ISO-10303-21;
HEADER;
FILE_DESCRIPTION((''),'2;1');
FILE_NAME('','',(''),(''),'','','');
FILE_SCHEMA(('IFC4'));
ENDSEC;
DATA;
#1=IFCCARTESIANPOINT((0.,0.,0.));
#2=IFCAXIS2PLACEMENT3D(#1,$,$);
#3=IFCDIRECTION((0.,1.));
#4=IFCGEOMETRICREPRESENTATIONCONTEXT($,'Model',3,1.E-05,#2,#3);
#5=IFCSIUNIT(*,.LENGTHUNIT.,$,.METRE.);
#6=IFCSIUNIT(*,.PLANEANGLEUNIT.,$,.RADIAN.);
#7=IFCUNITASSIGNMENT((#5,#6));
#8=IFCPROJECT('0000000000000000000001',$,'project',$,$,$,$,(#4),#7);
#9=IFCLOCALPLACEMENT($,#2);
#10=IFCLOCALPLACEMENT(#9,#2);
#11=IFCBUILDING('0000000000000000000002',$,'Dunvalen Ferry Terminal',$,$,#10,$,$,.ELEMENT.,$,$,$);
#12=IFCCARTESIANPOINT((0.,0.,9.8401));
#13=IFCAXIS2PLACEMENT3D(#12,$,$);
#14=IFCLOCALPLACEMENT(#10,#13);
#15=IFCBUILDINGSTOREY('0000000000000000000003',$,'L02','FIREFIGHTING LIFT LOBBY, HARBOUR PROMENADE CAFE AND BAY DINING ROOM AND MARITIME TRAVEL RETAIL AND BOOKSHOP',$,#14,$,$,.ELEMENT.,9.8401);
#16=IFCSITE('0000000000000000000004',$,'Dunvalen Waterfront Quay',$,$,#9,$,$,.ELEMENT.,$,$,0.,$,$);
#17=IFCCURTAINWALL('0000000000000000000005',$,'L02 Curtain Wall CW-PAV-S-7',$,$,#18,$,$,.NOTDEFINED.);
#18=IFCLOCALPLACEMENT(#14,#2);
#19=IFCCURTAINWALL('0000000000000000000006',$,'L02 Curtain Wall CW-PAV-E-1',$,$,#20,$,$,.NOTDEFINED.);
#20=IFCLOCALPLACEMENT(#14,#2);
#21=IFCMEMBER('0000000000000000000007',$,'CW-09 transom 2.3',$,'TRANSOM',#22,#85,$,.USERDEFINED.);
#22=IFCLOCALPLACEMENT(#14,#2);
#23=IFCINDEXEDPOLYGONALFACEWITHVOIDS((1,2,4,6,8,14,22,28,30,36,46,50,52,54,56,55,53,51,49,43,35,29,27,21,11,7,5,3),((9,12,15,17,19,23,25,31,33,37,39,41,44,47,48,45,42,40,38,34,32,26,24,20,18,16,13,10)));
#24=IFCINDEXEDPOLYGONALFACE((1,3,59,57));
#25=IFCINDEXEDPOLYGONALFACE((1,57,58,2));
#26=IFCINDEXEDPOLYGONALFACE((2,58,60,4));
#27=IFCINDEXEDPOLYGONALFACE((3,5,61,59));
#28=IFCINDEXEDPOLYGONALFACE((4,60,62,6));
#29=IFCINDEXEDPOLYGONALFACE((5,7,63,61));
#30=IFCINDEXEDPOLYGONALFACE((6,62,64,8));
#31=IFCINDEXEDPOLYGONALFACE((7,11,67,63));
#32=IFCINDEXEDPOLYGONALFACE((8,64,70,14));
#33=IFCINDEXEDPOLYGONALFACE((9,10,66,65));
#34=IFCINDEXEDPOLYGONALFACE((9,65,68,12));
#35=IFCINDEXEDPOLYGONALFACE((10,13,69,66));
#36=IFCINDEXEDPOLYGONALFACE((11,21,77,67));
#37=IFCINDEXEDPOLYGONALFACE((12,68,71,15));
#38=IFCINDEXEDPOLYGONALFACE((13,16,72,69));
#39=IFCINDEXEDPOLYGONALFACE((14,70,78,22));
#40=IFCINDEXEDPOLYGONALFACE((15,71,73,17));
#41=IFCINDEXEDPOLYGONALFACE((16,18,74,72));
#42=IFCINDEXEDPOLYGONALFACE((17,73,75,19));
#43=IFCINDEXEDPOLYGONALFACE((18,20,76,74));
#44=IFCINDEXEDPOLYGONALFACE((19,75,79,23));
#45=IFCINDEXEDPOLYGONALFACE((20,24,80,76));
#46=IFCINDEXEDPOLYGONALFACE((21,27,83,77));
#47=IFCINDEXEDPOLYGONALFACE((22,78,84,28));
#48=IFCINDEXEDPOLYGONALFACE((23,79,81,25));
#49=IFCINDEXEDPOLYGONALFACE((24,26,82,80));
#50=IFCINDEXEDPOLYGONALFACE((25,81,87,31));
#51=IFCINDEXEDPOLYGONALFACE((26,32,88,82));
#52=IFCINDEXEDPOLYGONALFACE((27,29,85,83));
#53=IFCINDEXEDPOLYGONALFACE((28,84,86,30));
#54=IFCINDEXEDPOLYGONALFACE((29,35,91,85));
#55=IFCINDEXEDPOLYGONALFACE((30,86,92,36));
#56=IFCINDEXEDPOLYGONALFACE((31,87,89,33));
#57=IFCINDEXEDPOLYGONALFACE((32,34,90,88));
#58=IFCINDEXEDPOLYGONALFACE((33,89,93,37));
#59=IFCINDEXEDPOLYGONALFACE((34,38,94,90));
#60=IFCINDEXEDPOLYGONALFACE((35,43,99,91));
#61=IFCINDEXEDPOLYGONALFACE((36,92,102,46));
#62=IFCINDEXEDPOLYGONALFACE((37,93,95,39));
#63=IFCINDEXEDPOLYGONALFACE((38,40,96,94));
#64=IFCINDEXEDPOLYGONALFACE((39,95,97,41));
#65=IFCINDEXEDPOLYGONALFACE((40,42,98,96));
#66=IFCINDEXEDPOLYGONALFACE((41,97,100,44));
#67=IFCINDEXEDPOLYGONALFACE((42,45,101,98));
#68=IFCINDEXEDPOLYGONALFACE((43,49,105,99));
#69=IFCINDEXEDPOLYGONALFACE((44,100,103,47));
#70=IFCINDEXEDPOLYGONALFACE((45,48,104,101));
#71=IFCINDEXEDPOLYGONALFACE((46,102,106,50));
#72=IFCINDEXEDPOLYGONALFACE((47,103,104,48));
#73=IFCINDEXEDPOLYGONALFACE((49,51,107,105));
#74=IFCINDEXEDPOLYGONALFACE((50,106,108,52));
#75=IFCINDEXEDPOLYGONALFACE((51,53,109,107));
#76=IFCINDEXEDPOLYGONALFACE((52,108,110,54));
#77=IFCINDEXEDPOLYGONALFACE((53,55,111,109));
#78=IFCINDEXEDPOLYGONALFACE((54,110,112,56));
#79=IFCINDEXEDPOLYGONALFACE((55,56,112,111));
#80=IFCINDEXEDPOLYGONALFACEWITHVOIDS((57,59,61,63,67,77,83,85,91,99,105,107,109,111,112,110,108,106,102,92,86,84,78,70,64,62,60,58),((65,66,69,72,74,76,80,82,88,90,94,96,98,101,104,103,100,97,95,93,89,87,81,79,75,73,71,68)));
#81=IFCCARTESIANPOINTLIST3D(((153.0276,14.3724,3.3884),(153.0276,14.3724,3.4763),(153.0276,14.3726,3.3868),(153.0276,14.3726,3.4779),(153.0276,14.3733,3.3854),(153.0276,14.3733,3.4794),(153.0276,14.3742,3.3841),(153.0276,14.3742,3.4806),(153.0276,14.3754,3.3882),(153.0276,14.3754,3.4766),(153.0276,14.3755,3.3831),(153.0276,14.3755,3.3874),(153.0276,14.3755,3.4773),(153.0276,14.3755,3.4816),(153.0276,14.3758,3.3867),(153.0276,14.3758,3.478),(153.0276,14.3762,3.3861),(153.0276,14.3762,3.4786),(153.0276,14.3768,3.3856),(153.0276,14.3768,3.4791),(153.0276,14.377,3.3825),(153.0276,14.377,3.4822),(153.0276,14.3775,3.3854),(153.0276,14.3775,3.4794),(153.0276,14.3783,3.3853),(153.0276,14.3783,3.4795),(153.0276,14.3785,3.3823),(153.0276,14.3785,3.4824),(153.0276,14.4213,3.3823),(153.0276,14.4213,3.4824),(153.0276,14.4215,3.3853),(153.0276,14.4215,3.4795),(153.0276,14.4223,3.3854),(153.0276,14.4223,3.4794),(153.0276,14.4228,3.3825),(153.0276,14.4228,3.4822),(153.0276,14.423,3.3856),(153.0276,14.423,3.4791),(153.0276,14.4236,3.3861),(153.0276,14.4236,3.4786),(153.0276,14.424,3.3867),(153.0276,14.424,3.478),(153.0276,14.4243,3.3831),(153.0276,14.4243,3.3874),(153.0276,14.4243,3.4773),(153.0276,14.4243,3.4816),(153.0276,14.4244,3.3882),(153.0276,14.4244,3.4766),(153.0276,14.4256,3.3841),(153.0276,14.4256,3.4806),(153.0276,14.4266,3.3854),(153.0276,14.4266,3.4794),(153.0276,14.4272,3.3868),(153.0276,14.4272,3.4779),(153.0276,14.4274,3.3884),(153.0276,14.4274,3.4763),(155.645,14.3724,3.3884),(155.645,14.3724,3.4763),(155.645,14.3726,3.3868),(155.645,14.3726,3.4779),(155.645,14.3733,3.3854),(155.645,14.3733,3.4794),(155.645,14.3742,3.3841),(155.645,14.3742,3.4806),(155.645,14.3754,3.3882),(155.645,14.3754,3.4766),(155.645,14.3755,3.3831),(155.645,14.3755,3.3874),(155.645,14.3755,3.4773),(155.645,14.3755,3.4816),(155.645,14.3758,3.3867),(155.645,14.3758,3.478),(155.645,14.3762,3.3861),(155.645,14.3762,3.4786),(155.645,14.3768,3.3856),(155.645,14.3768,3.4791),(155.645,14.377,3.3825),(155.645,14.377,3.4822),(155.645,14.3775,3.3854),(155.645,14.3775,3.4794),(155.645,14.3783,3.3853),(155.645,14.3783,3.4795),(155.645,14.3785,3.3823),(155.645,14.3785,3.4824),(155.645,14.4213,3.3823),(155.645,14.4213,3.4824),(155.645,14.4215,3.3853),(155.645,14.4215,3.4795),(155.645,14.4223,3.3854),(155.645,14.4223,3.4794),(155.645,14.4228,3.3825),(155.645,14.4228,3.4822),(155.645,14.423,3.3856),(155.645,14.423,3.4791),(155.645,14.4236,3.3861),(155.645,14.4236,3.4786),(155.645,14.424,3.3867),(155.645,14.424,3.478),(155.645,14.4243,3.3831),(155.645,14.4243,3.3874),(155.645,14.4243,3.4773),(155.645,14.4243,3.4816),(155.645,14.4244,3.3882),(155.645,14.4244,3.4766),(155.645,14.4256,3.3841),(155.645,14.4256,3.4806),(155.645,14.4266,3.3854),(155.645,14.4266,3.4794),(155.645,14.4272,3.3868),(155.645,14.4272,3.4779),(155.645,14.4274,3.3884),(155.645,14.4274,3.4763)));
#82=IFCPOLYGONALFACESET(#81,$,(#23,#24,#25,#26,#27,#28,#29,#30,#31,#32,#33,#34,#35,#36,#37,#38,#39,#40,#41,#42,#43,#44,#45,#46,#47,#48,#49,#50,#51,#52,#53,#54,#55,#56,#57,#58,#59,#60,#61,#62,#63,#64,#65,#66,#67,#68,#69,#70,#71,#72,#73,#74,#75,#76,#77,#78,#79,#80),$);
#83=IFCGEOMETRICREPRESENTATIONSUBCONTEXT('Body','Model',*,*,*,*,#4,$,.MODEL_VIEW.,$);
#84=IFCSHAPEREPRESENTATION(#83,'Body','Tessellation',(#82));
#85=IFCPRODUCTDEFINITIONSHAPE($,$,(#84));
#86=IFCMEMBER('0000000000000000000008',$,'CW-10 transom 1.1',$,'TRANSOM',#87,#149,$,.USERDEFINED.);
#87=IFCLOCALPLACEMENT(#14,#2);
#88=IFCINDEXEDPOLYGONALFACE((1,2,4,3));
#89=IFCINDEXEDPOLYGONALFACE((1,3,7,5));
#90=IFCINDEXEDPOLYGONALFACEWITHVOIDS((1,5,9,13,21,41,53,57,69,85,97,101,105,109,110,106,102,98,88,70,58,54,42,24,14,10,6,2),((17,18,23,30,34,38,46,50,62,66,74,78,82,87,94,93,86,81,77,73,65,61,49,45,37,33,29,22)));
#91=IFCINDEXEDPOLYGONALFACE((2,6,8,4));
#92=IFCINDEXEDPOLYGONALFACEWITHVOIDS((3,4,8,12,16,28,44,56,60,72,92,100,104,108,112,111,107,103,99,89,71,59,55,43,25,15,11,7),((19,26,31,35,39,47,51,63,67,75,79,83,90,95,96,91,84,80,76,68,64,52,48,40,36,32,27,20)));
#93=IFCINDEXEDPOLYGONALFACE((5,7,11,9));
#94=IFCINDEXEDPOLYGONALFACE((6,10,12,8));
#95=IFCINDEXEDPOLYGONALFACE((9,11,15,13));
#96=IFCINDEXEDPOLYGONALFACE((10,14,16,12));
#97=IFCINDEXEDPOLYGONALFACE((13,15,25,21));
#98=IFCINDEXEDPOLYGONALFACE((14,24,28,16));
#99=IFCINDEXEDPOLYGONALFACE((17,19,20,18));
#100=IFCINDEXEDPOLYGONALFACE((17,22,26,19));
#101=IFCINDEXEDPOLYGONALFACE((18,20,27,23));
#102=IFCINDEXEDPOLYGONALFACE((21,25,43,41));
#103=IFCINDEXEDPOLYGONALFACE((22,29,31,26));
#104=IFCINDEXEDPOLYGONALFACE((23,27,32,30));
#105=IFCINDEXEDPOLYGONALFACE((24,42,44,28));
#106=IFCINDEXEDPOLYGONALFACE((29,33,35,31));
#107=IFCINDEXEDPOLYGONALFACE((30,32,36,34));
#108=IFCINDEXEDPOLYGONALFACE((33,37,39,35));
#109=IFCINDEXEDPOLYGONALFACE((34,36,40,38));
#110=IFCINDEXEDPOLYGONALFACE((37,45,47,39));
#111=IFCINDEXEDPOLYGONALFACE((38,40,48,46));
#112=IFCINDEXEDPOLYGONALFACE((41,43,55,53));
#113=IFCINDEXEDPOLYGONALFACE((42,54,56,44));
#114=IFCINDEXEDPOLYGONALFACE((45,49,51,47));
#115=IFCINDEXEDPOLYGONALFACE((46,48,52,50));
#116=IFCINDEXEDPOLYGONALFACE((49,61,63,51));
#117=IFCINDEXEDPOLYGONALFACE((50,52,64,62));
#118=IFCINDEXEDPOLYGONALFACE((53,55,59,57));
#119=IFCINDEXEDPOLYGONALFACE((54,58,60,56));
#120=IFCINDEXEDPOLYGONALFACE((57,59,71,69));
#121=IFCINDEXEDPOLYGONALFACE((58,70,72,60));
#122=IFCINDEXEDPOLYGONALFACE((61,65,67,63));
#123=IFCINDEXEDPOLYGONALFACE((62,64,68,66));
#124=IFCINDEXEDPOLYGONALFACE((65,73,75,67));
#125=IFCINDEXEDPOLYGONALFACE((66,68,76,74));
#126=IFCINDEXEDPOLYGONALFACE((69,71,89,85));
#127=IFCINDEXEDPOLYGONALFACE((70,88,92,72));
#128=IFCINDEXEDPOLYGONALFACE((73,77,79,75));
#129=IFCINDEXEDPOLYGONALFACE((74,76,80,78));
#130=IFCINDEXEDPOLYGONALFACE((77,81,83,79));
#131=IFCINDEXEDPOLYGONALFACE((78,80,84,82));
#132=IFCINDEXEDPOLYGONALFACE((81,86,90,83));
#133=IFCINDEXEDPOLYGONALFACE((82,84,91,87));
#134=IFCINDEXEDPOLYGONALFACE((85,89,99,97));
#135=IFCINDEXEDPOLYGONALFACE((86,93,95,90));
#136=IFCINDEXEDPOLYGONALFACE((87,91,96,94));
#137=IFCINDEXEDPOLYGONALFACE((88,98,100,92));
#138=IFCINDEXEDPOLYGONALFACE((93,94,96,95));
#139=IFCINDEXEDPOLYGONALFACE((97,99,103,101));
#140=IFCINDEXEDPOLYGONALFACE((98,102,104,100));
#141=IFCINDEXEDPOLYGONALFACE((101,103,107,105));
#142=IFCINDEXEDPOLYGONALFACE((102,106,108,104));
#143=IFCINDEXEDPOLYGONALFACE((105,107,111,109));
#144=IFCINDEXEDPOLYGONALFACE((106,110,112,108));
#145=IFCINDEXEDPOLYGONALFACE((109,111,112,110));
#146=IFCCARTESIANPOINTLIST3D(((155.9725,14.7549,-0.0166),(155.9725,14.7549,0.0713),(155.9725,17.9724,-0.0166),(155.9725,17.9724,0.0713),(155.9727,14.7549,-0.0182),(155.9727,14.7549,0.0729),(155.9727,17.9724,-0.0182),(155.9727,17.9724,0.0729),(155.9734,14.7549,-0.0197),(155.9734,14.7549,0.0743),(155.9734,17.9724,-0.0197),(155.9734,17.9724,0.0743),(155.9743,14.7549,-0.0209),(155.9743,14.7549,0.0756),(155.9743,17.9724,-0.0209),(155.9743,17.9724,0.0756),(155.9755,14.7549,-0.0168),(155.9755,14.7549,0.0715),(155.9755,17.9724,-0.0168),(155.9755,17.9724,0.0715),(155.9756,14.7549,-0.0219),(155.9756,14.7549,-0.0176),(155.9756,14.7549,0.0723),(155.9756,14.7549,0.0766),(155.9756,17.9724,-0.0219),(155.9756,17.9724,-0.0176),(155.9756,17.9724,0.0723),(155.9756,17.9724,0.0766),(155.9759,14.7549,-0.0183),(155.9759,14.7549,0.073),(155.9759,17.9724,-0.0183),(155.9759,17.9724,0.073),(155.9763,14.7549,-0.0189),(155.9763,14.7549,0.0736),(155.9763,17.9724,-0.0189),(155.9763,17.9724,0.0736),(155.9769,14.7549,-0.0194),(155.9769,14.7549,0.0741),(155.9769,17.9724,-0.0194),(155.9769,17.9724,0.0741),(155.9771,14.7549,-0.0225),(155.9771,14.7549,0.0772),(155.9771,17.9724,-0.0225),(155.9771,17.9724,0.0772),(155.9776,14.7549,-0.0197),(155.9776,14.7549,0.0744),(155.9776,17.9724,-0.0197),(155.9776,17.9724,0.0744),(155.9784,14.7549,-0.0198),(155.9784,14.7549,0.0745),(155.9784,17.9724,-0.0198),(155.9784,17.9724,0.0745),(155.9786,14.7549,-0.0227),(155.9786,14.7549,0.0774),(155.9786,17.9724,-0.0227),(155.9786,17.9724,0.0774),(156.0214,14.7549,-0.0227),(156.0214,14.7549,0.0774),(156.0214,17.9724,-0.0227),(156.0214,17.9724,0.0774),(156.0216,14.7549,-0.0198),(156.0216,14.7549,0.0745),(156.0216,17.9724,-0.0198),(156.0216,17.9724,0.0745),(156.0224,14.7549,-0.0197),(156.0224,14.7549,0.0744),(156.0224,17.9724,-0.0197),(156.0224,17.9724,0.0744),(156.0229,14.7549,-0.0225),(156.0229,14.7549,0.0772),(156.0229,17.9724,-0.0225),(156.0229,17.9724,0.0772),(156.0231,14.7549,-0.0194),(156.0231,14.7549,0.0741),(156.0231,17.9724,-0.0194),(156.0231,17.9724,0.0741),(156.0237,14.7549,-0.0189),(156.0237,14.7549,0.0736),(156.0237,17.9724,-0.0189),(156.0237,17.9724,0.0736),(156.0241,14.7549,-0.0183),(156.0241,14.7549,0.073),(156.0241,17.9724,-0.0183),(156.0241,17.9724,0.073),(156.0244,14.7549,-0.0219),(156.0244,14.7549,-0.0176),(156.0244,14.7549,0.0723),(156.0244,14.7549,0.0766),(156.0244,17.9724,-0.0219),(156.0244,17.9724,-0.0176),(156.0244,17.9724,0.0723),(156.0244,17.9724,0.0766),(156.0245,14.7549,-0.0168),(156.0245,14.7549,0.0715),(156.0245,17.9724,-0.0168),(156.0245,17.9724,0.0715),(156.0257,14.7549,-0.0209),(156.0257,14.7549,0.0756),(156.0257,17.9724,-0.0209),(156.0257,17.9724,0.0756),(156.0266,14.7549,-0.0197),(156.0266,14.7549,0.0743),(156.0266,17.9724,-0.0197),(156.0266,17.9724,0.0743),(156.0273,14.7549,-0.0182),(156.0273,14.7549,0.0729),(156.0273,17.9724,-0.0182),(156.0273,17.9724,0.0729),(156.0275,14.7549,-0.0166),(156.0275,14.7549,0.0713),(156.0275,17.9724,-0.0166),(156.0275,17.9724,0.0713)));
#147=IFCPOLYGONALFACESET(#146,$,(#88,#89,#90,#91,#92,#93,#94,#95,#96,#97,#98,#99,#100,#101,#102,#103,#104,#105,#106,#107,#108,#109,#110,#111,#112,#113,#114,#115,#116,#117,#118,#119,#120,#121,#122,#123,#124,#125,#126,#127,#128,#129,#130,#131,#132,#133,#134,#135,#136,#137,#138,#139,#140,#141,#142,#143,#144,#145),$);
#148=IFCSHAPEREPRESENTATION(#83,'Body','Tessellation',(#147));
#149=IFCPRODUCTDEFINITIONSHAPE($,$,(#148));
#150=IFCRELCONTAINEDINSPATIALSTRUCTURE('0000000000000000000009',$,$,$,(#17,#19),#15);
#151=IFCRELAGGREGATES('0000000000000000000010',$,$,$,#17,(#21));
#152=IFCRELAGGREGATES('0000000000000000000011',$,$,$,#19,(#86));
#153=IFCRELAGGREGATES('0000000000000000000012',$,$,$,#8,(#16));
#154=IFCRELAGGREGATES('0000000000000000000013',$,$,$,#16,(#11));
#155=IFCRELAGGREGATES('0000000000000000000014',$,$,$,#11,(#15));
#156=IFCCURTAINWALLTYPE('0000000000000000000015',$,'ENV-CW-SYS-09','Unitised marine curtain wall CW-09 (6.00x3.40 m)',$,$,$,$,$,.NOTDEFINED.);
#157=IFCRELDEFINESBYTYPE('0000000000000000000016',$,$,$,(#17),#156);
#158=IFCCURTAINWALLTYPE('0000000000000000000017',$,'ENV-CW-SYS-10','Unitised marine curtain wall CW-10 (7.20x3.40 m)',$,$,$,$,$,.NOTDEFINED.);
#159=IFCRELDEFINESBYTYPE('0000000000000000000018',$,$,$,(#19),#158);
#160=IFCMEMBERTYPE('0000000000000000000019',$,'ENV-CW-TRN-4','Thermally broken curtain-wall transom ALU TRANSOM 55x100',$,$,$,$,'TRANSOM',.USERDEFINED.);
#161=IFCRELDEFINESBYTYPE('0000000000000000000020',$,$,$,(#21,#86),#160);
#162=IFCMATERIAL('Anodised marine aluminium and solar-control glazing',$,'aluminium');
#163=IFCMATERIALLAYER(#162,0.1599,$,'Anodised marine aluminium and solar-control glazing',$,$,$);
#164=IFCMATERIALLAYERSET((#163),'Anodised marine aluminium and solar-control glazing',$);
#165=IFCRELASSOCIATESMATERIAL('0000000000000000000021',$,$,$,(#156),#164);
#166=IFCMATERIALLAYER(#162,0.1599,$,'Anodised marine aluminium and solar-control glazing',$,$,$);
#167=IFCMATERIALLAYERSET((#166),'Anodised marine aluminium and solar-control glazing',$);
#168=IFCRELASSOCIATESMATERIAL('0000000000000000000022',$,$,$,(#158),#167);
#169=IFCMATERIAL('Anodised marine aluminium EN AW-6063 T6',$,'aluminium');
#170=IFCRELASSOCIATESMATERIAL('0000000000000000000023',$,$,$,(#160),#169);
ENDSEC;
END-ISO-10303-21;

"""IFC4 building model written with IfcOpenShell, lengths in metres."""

from ifc_helpers import new_model, si_unit, direction, frame, origin, origin_2d, place, context, subcontext, project, spatial, hollow_rectangle, extrude, material, layer, layer_set, material_profile, profile_set, type_object, element, aggregate, save


model = new_model("IFC4")

# Units and contexts
model_context = context("Model", 3, precision=1e-05, world=origin(), true_north=direction((0.0, 1.0)))
body_context = subcontext(model_context, "Body", "Model", "MODEL_VIEW")
ifc_project = project(units=[si_unit("LENGTHUNIT", "METRE"), si_unit("PLANEANGLEUNIT", "RADIAN")], contexts=[model_context])

# Site, building, storey
site_placement = place(None, origin())
site = spatial("IfcSite", under=ifc_project, at=site_placement, Name="Dunvalen Waterfront Quay", CompositionType="ELEMENT", RefElevation=0.0)
building_placement = place(site_placement, origin())
building = spatial("IfcBuilding", under=site, at=building_placement, Name="Dunvalen Ferry Terminal", CompositionType="ELEMENT")
storey_placement = place(building_placement, frame((0.0, 0.0, 9.8401)))
storey = spatial("IfcBuildingStorey", under=building, at=storey_placement, Name="L02", Description="FIREFIGHTING LIFT LOBBY, HARBOUR PROMENADE CAFE AND BAY DINING ROOM AND MARITIME TRAVEL RETAIL AND BOOKSHOP", CompositionType="ELEMENT", Elevation=9.8401)

# Curtain wall
ifc_material_1 = material(Name="Anodised marine aluminium and solar-control glazing", Category="aluminium")
ifc_layer_1 = layer(ifc_material_1, 0.1599, Name="Anodised marine aluminium and solar-control glazing")
ifc_layer_set_1 = layer_set([ifc_layer_1], Name="Anodised marine aluminium and solar-control glazing")
curtain_wall_type_1 = type_object("IfcCurtainWallType", Name="ENV-CW-SYS-09", Description="Unitised marine curtain wall CW-09 (6.00x3.40 m)", PredefinedType="NOTDEFINED", material=ifc_layer_set_1)
curtain_wall_1_placement = place(storey_placement, origin())
curtain_wall_1 = element("IfcCurtainWall", 1, at=curtain_wall_1_placement, inside=storey, type_object=curtain_wall_type_1, Name="L02 Curtain Wall CW-PAV-S-7", PredefinedType="NOTDEFINED")
ifc_material_2 = material(Name="Anodised marine aluminium EN AW-6063 T6", Category="aluminium")

# Curtain wall
ifc_layer_2 = layer(ifc_material_1, 0.1599, Name="Anodised marine aluminium and solar-control glazing")
ifc_layer_set_2 = layer_set([ifc_layer_2], Name="Anodised marine aluminium and solar-control glazing")
curtain_wall_type_2 = type_object("IfcCurtainWallType", Name="ENV-CW-SYS-10", Description="Unitised marine curtain wall CW-10 (7.20x3.40 m)", PredefinedType="NOTDEFINED", material=ifc_layer_set_2)
curtain_wall_2_placement = place(storey_placement, origin())
curtain_wall_2 = element("IfcCurtainWall", 2, at=curtain_wall_2_placement, inside=storey, type_object=curtain_wall_type_2, Name="L02 Curtain Wall CW-PAV-E-1", PredefinedType="NOTDEFINED")

# Members
ifc_material_profile_1 = material_profile(ifc_material_2, hollow_rectangle(XDim=0.0549, YDim=0.1001, WallThickness=0.0029, InnerFilletRadius=0.0029, OuterFilletRadius=0.0061, at=origin_2d()), Name="Anodised marine aluminium EN AW-6063 T6")
ifc_profile_set_1 = profile_set([ifc_material_profile_1], Name="Anodised marine aluminium EN AW-6063 T6")
member_type_1 = type_object("IfcMemberType", Name="ENV-CW-TRN-4", Description="Thermally broken curtain-wall transom ALU TRANSOM 55x100", ElementType="TRANSOM", PredefinedType="USERDEFINED", material=ifc_profile_set_1)
member_1_placement = place(storey_placement, frame((153.0276, 14.3999, 3.4324), z_axis=(1.0, 0.0, 0.0), x_axis=(0.0, 1.0, 0.0)))
member_1 = element("IfcMember", 3, at=member_1_placement, type_object=member_type_1, Name="CW-09 transom 2.3", ObjectType="TRANSOM", PredefinedType="USERDEFINED", context=body_context, shape_type="SweptSolid", body=[
    extrude(hollow_rectangle(XDim=0.0549, YDim=0.1001, WallThickness=0.0029, InnerFilletRadius=0.0029, OuterFilletRadius=0.0061, at=origin_2d()), origin(), (0.0, 0.0, 1.0), 2.6174),
])
member_2_placement = place(storey_placement, frame((156.0, 14.7549, 0.0273), z_axis=(0.0, 1.0, 0.0), x_axis=(-1.0, 0.0, 0.0)))
member_2 = element("IfcMember", 4, at=member_2_placement, type_object=member_type_1, Name="CW-10 transom 1.1", ObjectType="TRANSOM", PredefinedType="USERDEFINED", context=body_context, shape_type="SweptSolid", body=[
    extrude(hollow_rectangle(XDim=0.0549, YDim=0.1001, WallThickness=0.0029, InnerFilletRadius=0.0029, OuterFilletRadius=0.0061, at=origin_2d()), origin(), (0.0, 0.0, 1.0), 3.2175),
])

aggregate(curtain_wall_1, [member_1])
aggregate(curtain_wall_2, [member_2])

save(model, "model.ifc")
